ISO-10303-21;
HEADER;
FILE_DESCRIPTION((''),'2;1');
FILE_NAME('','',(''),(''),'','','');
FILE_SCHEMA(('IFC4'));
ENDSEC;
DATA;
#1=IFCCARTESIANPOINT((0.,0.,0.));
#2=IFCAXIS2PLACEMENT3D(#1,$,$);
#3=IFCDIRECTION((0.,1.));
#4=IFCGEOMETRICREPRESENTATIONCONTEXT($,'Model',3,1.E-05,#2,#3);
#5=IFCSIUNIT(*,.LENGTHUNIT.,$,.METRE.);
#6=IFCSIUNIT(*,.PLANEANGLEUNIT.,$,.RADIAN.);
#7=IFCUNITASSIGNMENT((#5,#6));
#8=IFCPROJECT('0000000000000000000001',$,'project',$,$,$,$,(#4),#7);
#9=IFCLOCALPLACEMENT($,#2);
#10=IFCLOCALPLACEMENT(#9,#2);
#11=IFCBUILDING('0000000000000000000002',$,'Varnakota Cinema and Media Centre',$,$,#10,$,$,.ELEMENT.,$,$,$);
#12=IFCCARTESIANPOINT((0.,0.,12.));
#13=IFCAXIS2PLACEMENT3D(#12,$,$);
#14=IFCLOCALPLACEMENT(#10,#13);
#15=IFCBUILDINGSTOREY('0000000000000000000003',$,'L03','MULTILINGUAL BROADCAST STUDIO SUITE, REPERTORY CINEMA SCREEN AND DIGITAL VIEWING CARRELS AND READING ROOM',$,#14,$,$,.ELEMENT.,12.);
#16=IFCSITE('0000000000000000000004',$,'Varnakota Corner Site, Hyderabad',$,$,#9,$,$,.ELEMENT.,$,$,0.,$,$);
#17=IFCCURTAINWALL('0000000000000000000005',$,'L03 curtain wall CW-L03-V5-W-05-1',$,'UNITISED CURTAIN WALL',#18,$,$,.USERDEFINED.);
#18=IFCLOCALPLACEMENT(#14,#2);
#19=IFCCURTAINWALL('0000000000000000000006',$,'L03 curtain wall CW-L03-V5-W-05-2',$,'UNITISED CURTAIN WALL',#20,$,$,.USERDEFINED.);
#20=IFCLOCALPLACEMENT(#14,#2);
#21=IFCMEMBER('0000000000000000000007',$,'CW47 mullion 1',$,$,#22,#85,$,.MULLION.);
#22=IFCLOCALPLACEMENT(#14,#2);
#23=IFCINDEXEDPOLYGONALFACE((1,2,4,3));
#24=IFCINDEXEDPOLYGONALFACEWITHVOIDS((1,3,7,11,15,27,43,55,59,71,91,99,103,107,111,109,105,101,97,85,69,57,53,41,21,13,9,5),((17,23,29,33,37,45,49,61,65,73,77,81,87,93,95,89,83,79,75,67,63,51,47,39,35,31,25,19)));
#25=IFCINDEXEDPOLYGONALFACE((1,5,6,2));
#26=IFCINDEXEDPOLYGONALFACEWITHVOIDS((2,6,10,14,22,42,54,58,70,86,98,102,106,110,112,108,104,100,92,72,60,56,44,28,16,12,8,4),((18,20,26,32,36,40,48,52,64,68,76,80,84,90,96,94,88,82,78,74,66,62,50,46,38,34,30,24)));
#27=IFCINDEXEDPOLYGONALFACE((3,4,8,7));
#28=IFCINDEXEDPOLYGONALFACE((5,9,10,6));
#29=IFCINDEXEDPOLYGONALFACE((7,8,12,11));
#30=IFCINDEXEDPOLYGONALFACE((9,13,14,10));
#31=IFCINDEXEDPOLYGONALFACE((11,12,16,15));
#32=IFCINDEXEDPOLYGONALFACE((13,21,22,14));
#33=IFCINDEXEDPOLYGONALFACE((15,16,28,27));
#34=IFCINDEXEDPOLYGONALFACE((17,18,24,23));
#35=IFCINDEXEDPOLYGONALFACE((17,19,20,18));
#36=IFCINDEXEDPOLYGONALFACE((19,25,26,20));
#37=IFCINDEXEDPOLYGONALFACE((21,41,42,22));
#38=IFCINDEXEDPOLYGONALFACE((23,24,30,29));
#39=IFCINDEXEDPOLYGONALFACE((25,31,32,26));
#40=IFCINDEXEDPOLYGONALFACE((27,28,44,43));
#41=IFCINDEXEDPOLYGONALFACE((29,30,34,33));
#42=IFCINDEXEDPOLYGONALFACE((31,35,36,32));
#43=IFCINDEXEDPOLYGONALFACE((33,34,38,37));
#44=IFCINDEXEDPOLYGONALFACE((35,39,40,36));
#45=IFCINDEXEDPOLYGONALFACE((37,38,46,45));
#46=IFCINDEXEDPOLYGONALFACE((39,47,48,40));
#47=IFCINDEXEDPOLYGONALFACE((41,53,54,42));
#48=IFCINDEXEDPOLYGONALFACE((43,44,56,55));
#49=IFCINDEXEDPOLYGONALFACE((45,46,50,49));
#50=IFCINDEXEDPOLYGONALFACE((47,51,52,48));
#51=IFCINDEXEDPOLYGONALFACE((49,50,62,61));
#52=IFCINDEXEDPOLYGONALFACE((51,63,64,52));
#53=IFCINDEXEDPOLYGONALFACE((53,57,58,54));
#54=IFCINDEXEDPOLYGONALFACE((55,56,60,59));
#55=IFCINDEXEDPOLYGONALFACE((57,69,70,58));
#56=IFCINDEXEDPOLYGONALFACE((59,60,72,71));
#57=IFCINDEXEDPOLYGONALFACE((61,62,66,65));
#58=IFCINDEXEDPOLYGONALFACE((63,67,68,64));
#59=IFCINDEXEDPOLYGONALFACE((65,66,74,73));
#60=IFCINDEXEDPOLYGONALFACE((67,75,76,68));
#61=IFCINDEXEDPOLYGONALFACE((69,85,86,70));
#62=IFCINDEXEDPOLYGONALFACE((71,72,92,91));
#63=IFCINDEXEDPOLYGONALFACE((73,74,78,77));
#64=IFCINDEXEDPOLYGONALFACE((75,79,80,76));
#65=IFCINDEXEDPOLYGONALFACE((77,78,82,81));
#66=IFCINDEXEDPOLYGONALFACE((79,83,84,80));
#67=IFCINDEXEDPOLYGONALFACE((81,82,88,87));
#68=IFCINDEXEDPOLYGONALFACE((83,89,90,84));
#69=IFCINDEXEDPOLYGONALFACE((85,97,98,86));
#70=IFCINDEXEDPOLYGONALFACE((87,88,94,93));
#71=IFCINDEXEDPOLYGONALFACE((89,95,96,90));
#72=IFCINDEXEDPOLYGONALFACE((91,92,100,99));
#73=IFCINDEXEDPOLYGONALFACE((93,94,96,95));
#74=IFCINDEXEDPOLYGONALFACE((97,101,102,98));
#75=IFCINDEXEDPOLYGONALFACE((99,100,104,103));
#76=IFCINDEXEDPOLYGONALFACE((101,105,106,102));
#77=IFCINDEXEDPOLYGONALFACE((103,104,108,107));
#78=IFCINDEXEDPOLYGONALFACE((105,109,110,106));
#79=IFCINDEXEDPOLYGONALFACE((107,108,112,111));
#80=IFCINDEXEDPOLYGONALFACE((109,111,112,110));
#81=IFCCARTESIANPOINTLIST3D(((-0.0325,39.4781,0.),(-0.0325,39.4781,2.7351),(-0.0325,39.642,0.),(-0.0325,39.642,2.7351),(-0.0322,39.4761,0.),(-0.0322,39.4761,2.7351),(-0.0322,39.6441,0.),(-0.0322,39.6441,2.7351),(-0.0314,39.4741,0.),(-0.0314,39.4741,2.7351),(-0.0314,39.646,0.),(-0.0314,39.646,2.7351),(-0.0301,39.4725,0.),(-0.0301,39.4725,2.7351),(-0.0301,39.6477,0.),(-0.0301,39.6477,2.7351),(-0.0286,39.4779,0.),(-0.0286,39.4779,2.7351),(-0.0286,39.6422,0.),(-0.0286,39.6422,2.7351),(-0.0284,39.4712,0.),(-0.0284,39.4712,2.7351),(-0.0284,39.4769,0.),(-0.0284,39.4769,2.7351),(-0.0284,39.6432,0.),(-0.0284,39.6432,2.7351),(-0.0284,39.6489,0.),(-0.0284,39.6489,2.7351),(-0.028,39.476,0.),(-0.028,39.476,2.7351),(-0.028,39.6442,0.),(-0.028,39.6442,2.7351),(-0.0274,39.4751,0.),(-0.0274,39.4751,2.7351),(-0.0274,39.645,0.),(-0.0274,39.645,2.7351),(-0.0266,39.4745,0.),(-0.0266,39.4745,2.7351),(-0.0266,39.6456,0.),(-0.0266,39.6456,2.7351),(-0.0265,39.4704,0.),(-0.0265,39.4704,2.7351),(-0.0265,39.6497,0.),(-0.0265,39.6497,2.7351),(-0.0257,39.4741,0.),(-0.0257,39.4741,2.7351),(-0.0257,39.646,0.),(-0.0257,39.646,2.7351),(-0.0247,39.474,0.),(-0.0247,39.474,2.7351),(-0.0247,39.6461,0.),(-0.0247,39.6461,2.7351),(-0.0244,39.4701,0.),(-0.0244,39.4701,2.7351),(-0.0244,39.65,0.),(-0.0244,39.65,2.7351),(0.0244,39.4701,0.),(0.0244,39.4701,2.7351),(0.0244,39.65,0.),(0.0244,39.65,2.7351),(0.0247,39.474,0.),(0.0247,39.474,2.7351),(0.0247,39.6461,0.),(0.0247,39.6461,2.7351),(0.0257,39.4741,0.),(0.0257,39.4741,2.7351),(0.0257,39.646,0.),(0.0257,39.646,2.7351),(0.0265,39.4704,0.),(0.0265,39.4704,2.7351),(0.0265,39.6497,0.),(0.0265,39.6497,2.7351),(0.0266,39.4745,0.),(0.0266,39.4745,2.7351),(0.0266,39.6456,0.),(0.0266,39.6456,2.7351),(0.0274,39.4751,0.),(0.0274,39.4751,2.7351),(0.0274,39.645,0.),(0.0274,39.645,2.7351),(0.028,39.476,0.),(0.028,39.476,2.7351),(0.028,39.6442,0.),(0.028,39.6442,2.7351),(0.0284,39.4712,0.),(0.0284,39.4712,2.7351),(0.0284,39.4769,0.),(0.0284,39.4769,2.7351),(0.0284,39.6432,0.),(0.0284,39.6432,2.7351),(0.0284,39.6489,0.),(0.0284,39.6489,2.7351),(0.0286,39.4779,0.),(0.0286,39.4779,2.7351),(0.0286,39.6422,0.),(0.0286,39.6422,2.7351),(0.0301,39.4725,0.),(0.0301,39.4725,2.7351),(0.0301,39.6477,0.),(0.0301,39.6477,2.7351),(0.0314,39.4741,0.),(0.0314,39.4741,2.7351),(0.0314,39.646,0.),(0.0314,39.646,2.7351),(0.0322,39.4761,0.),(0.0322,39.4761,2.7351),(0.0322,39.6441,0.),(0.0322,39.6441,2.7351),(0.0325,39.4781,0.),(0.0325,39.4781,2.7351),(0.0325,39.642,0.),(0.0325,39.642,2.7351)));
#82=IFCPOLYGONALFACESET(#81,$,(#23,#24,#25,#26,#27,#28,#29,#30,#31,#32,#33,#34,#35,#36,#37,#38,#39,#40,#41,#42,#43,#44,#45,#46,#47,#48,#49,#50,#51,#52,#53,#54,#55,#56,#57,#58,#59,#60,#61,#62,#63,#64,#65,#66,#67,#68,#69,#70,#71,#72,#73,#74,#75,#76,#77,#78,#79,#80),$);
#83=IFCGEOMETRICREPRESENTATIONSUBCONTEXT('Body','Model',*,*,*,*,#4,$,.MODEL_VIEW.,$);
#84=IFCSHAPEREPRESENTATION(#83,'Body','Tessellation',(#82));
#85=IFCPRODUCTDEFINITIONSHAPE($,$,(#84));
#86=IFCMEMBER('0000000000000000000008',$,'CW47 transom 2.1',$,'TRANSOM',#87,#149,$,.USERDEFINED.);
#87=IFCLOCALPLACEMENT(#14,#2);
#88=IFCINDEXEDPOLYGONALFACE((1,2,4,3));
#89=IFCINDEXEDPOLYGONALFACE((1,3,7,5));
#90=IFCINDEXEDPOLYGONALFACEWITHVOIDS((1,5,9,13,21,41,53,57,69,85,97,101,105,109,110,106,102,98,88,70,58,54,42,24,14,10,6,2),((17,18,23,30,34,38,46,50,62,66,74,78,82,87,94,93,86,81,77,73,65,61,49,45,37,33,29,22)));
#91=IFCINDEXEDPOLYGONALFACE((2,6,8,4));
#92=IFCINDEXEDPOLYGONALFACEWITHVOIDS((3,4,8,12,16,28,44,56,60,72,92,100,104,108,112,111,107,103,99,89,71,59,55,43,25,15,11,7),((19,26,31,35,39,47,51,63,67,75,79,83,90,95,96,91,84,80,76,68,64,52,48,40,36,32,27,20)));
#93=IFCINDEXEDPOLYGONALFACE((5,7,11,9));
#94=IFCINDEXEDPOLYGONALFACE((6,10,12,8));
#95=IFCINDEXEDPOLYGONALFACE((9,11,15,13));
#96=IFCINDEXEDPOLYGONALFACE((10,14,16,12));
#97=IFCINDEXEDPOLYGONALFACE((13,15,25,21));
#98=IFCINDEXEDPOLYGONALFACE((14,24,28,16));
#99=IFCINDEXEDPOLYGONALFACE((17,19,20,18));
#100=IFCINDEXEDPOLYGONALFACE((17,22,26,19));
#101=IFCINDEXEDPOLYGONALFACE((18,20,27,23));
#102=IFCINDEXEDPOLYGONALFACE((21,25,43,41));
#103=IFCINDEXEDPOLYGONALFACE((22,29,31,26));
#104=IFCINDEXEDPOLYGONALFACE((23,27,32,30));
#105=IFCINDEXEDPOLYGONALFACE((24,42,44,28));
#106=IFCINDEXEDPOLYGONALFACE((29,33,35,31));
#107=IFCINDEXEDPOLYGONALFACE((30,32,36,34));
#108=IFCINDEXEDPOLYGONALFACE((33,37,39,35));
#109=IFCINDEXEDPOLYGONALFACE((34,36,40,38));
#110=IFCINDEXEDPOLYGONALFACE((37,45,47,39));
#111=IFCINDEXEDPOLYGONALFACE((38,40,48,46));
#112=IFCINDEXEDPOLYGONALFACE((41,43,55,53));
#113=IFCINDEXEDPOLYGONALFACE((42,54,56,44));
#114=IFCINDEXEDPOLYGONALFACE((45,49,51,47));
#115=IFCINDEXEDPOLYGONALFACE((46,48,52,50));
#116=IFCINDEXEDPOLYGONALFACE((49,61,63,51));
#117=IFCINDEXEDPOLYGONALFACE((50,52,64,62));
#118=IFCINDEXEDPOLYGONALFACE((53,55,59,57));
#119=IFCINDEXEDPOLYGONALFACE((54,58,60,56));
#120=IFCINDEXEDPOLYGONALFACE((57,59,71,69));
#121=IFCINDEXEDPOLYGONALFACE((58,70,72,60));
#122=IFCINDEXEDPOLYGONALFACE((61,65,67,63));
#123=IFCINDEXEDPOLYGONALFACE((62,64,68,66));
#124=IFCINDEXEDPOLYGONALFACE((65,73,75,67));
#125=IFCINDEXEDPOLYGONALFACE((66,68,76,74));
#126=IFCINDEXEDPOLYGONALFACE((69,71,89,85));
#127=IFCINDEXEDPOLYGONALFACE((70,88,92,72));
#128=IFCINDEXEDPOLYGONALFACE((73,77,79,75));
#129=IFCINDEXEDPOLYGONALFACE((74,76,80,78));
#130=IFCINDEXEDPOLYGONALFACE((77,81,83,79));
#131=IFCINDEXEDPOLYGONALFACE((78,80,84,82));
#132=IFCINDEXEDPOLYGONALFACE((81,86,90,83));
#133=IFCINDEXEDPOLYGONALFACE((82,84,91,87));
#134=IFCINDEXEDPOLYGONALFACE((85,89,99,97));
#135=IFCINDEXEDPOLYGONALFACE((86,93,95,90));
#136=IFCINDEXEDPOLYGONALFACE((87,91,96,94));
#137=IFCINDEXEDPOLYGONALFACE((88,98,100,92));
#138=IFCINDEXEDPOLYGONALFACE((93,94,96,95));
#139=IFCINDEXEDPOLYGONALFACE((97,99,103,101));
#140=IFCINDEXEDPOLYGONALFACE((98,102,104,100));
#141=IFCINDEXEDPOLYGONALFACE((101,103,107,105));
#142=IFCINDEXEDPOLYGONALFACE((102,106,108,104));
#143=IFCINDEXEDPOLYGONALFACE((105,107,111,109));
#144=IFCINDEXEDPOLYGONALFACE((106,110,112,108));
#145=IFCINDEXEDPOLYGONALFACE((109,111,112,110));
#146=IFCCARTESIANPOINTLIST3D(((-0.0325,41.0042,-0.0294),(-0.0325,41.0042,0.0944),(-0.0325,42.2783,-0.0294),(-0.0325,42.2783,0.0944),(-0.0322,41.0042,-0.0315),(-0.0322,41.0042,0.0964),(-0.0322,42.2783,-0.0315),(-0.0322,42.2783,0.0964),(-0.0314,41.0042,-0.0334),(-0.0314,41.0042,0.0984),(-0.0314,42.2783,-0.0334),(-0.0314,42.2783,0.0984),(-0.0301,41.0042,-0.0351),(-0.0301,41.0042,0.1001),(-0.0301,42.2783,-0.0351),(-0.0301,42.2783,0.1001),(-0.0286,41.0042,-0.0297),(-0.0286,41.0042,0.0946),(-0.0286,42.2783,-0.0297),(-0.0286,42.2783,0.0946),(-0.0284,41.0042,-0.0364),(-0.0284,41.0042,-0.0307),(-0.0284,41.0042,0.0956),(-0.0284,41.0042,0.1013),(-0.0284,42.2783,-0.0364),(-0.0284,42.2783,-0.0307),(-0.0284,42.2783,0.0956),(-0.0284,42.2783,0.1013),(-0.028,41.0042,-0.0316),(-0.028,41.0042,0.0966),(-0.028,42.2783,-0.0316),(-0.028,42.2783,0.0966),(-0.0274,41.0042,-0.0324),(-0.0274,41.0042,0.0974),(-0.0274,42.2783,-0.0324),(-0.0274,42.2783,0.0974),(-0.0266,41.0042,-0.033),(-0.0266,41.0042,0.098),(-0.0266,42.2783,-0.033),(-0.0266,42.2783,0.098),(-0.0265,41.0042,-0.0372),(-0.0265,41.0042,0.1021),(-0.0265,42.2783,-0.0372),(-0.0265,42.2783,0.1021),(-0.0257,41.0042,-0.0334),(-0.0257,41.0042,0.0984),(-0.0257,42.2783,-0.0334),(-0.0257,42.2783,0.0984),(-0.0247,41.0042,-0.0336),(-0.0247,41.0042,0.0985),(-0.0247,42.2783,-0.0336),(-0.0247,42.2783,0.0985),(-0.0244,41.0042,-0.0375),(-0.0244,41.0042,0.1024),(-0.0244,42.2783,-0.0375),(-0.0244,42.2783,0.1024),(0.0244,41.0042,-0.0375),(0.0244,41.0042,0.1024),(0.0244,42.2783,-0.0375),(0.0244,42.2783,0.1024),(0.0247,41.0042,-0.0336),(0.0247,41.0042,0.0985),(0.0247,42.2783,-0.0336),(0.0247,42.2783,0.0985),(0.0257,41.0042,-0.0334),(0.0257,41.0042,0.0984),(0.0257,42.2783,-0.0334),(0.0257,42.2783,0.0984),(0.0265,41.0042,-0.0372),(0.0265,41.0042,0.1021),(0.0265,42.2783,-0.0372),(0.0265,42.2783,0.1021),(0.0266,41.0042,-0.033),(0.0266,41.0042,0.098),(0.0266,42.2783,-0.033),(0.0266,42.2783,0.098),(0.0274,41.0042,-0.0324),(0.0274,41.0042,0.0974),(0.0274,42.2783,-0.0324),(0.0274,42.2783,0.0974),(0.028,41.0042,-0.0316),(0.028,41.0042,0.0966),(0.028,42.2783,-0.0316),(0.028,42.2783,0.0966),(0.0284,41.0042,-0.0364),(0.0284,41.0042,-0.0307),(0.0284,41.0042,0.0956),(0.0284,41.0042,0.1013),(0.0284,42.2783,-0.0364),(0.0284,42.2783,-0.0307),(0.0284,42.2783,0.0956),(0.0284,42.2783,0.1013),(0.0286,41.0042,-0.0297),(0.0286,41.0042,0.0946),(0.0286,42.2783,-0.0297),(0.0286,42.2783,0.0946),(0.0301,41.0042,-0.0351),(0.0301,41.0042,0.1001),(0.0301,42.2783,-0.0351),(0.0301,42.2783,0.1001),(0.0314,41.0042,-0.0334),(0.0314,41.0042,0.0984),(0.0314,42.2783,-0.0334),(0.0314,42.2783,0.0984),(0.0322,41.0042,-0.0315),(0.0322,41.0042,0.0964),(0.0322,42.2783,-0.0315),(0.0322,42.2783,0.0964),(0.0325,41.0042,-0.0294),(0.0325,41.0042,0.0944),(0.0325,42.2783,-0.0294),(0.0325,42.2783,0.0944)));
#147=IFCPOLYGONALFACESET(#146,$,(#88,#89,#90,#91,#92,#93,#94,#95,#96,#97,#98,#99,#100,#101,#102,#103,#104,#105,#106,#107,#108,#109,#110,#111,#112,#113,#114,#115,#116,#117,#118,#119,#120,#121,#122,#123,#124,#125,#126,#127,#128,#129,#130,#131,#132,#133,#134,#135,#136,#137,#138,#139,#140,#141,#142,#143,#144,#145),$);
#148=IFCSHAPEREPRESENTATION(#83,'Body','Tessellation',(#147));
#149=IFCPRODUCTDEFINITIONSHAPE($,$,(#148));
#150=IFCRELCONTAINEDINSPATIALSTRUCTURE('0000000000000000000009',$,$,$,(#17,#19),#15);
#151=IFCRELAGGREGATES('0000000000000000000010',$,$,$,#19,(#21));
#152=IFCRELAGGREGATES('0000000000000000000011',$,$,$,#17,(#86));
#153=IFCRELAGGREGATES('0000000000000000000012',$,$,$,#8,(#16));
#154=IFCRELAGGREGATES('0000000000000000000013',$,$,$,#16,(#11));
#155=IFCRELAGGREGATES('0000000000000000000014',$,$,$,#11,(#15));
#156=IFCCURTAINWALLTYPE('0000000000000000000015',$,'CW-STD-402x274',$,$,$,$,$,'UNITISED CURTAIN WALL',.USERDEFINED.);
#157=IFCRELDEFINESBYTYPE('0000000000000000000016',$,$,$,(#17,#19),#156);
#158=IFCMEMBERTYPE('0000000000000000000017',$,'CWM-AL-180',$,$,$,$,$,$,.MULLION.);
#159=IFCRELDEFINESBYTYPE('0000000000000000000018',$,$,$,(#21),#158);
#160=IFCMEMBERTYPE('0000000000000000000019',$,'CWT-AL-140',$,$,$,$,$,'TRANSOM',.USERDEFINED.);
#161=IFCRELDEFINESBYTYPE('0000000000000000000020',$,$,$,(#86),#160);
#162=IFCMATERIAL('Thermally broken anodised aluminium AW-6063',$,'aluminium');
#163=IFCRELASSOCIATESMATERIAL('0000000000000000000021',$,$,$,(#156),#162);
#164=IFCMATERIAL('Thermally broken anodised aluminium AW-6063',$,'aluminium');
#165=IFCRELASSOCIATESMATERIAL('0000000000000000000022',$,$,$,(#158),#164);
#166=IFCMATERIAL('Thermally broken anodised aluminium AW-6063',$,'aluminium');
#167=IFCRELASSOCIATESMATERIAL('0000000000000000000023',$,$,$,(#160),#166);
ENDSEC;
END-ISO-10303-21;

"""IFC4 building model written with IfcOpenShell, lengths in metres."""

from ifc_helpers import new_model, si_unit, direction, frame, origin, origin_2d, place, context, subcontext, project, spatial, hollow_rectangle, extrude, material, material_profile, profile_set, type_object, element, aggregate, save


model = new_model("IFC4")

# Units and contexts
model_context = context("Model", 3, precision=1e-05, world=origin(), true_north=direction((0.0, 1.0)))
body_context = subcontext(model_context, "Body", "Model", "MODEL_VIEW")
ifc_project = project(units=[si_unit("LENGTHUNIT", "METRE"), si_unit("PLANEANGLEUNIT", "RADIAN")], contexts=[model_context])

# Site, building, storey
site_placement = place(None, origin())
site = spatial("IfcSite", under=ifc_project, at=site_placement, Name="Varnakota Corner Site, Hyderabad", CompositionType="ELEMENT", RefElevation=0.0)
building_placement = place(site_placement, origin())
building = spatial("IfcBuilding", under=site, at=building_placement, Name="Varnakota Cinema and Media Centre", CompositionType="ELEMENT")
storey_placement = place(building_placement, frame((0.0, 0.0, 12.0)))
storey = spatial("IfcBuildingStorey", under=building, at=storey_placement, Name="L03", Description="MULTILINGUAL BROADCAST STUDIO SUITE, REPERTORY CINEMA SCREEN AND DIGITAL VIEWING CARRELS AND READING ROOM", CompositionType="ELEMENT", Elevation=12.0)

# Curtain wall
ifc_material_1 = material(Name="Thermally broken anodised aluminium AW-6063", Category="aluminium")
curtain_wall_type = type_object("IfcCurtainWallType", Name="CW-STD-402x274", ElementType="UNITISED CURTAIN WALL", PredefinedType="USERDEFINED", material=ifc_material_1)
curtain_wall_1_placement = place(storey_placement, origin())
curtain_wall_1 = element("IfcCurtainWall", 1, at=curtain_wall_1_placement, inside=storey, type_object=curtain_wall_type, Name="L03 curtain wall CW-L03-V5-W-05-1", ObjectType="UNITISED CURTAIN WALL", PredefinedType="USERDEFINED")
ifc_material_2 = material(Name="Thermally broken anodised aluminium AW-6063", Category="aluminium")
ifc_material_profile_1 = material_profile(ifc_material_2, hollow_rectangle(XDim=0.0649, YDim=0.1799, WallThickness=0.0039, InnerFilletRadius=0.0039, OuterFilletRadius=0.0081, at=origin_2d()), Name="AL-MULLION 180x65x4")
ifc_profile_set_1 = profile_set([ifc_material_profile_1], Name="Thermally broken anodised aluminium AW-6063")
member_type_1 = type_object("IfcMemberType", Name="CWM-AL-180", PredefinedType="MULLION", material=ifc_profile_set_1)

# Curtain wall, member
curtain_wall_2_placement = place(storey_placement, origin())
curtain_wall_2 = element("IfcCurtainWall", 2, at=curtain_wall_2_placement, inside=storey, type_object=curtain_wall_type, Name="L03 curtain wall CW-L03-V5-W-05-2", ObjectType="UNITISED CURTAIN WALL", PredefinedType="USERDEFINED")
member_1_placement = place(storey_placement, frame((0.0, 39.5601, 0.0), z_axis=(0.0, 0.0, 1.0), x_axis=(1.0, 0.0, 0.0)))
member_1 = element("IfcMember", 3, at=member_1_placement, type_object=member_type_1, Name="CW47 mullion 1", PredefinedType="MULLION", context=body_context, shape_type="SweptSolid", body=[
    extrude(hollow_rectangle(XDim=0.0649, YDim=0.1799, WallThickness=0.0039, InnerFilletRadius=0.0039, OuterFilletRadius=0.0081, at=origin_2d()), origin(), (0.0, 0.0, 1.0), 2.7351),
])
aggregate(curtain_wall_2, [member_1])

# Member
ifc_material_3 = material(Name="Thermally broken anodised aluminium AW-6063", Category="aluminium")
ifc_material_profile_2 = material_profile(ifc_material_3, hollow_rectangle(XDim=0.0649, YDim=0.1399, WallThickness=0.0039, InnerFilletRadius=0.0039, OuterFilletRadius=0.0081, at=origin_2d()), Name="AL-TRANSOM 140x65x4")
ifc_profile_set_2 = profile_set([ifc_material_profile_2], Name="Thermally broken anodised aluminium AW-6063")
member_type_2 = type_object("IfcMemberType", Name="CWT-AL-140", ElementType="TRANSOM", PredefinedType="USERDEFINED", material=ifc_profile_set_2)
member_2_placement = place(storey_placement, frame((0.0, 42.2783, 0.0325), z_axis=(0.0, -1.0, 0.0), x_axis=(1.0, 0.0, 0.0)))
member_2 = element("IfcMember", 4, at=member_2_placement, type_object=member_type_2, Name="CW47 transom 2.1", ObjectType="TRANSOM", PredefinedType="USERDEFINED", context=body_context, shape_type="SweptSolid", body=[
    extrude(hollow_rectangle(XDim=0.0649, YDim=0.1399, WallThickness=0.0039, InnerFilletRadius=0.0039, OuterFilletRadius=0.0081, at=origin_2d()), origin(), (0.0, 0.0, 1.0), 1.2742),
])

aggregate(curtain_wall_1, [member_2])

save(model, "model.ifc")
